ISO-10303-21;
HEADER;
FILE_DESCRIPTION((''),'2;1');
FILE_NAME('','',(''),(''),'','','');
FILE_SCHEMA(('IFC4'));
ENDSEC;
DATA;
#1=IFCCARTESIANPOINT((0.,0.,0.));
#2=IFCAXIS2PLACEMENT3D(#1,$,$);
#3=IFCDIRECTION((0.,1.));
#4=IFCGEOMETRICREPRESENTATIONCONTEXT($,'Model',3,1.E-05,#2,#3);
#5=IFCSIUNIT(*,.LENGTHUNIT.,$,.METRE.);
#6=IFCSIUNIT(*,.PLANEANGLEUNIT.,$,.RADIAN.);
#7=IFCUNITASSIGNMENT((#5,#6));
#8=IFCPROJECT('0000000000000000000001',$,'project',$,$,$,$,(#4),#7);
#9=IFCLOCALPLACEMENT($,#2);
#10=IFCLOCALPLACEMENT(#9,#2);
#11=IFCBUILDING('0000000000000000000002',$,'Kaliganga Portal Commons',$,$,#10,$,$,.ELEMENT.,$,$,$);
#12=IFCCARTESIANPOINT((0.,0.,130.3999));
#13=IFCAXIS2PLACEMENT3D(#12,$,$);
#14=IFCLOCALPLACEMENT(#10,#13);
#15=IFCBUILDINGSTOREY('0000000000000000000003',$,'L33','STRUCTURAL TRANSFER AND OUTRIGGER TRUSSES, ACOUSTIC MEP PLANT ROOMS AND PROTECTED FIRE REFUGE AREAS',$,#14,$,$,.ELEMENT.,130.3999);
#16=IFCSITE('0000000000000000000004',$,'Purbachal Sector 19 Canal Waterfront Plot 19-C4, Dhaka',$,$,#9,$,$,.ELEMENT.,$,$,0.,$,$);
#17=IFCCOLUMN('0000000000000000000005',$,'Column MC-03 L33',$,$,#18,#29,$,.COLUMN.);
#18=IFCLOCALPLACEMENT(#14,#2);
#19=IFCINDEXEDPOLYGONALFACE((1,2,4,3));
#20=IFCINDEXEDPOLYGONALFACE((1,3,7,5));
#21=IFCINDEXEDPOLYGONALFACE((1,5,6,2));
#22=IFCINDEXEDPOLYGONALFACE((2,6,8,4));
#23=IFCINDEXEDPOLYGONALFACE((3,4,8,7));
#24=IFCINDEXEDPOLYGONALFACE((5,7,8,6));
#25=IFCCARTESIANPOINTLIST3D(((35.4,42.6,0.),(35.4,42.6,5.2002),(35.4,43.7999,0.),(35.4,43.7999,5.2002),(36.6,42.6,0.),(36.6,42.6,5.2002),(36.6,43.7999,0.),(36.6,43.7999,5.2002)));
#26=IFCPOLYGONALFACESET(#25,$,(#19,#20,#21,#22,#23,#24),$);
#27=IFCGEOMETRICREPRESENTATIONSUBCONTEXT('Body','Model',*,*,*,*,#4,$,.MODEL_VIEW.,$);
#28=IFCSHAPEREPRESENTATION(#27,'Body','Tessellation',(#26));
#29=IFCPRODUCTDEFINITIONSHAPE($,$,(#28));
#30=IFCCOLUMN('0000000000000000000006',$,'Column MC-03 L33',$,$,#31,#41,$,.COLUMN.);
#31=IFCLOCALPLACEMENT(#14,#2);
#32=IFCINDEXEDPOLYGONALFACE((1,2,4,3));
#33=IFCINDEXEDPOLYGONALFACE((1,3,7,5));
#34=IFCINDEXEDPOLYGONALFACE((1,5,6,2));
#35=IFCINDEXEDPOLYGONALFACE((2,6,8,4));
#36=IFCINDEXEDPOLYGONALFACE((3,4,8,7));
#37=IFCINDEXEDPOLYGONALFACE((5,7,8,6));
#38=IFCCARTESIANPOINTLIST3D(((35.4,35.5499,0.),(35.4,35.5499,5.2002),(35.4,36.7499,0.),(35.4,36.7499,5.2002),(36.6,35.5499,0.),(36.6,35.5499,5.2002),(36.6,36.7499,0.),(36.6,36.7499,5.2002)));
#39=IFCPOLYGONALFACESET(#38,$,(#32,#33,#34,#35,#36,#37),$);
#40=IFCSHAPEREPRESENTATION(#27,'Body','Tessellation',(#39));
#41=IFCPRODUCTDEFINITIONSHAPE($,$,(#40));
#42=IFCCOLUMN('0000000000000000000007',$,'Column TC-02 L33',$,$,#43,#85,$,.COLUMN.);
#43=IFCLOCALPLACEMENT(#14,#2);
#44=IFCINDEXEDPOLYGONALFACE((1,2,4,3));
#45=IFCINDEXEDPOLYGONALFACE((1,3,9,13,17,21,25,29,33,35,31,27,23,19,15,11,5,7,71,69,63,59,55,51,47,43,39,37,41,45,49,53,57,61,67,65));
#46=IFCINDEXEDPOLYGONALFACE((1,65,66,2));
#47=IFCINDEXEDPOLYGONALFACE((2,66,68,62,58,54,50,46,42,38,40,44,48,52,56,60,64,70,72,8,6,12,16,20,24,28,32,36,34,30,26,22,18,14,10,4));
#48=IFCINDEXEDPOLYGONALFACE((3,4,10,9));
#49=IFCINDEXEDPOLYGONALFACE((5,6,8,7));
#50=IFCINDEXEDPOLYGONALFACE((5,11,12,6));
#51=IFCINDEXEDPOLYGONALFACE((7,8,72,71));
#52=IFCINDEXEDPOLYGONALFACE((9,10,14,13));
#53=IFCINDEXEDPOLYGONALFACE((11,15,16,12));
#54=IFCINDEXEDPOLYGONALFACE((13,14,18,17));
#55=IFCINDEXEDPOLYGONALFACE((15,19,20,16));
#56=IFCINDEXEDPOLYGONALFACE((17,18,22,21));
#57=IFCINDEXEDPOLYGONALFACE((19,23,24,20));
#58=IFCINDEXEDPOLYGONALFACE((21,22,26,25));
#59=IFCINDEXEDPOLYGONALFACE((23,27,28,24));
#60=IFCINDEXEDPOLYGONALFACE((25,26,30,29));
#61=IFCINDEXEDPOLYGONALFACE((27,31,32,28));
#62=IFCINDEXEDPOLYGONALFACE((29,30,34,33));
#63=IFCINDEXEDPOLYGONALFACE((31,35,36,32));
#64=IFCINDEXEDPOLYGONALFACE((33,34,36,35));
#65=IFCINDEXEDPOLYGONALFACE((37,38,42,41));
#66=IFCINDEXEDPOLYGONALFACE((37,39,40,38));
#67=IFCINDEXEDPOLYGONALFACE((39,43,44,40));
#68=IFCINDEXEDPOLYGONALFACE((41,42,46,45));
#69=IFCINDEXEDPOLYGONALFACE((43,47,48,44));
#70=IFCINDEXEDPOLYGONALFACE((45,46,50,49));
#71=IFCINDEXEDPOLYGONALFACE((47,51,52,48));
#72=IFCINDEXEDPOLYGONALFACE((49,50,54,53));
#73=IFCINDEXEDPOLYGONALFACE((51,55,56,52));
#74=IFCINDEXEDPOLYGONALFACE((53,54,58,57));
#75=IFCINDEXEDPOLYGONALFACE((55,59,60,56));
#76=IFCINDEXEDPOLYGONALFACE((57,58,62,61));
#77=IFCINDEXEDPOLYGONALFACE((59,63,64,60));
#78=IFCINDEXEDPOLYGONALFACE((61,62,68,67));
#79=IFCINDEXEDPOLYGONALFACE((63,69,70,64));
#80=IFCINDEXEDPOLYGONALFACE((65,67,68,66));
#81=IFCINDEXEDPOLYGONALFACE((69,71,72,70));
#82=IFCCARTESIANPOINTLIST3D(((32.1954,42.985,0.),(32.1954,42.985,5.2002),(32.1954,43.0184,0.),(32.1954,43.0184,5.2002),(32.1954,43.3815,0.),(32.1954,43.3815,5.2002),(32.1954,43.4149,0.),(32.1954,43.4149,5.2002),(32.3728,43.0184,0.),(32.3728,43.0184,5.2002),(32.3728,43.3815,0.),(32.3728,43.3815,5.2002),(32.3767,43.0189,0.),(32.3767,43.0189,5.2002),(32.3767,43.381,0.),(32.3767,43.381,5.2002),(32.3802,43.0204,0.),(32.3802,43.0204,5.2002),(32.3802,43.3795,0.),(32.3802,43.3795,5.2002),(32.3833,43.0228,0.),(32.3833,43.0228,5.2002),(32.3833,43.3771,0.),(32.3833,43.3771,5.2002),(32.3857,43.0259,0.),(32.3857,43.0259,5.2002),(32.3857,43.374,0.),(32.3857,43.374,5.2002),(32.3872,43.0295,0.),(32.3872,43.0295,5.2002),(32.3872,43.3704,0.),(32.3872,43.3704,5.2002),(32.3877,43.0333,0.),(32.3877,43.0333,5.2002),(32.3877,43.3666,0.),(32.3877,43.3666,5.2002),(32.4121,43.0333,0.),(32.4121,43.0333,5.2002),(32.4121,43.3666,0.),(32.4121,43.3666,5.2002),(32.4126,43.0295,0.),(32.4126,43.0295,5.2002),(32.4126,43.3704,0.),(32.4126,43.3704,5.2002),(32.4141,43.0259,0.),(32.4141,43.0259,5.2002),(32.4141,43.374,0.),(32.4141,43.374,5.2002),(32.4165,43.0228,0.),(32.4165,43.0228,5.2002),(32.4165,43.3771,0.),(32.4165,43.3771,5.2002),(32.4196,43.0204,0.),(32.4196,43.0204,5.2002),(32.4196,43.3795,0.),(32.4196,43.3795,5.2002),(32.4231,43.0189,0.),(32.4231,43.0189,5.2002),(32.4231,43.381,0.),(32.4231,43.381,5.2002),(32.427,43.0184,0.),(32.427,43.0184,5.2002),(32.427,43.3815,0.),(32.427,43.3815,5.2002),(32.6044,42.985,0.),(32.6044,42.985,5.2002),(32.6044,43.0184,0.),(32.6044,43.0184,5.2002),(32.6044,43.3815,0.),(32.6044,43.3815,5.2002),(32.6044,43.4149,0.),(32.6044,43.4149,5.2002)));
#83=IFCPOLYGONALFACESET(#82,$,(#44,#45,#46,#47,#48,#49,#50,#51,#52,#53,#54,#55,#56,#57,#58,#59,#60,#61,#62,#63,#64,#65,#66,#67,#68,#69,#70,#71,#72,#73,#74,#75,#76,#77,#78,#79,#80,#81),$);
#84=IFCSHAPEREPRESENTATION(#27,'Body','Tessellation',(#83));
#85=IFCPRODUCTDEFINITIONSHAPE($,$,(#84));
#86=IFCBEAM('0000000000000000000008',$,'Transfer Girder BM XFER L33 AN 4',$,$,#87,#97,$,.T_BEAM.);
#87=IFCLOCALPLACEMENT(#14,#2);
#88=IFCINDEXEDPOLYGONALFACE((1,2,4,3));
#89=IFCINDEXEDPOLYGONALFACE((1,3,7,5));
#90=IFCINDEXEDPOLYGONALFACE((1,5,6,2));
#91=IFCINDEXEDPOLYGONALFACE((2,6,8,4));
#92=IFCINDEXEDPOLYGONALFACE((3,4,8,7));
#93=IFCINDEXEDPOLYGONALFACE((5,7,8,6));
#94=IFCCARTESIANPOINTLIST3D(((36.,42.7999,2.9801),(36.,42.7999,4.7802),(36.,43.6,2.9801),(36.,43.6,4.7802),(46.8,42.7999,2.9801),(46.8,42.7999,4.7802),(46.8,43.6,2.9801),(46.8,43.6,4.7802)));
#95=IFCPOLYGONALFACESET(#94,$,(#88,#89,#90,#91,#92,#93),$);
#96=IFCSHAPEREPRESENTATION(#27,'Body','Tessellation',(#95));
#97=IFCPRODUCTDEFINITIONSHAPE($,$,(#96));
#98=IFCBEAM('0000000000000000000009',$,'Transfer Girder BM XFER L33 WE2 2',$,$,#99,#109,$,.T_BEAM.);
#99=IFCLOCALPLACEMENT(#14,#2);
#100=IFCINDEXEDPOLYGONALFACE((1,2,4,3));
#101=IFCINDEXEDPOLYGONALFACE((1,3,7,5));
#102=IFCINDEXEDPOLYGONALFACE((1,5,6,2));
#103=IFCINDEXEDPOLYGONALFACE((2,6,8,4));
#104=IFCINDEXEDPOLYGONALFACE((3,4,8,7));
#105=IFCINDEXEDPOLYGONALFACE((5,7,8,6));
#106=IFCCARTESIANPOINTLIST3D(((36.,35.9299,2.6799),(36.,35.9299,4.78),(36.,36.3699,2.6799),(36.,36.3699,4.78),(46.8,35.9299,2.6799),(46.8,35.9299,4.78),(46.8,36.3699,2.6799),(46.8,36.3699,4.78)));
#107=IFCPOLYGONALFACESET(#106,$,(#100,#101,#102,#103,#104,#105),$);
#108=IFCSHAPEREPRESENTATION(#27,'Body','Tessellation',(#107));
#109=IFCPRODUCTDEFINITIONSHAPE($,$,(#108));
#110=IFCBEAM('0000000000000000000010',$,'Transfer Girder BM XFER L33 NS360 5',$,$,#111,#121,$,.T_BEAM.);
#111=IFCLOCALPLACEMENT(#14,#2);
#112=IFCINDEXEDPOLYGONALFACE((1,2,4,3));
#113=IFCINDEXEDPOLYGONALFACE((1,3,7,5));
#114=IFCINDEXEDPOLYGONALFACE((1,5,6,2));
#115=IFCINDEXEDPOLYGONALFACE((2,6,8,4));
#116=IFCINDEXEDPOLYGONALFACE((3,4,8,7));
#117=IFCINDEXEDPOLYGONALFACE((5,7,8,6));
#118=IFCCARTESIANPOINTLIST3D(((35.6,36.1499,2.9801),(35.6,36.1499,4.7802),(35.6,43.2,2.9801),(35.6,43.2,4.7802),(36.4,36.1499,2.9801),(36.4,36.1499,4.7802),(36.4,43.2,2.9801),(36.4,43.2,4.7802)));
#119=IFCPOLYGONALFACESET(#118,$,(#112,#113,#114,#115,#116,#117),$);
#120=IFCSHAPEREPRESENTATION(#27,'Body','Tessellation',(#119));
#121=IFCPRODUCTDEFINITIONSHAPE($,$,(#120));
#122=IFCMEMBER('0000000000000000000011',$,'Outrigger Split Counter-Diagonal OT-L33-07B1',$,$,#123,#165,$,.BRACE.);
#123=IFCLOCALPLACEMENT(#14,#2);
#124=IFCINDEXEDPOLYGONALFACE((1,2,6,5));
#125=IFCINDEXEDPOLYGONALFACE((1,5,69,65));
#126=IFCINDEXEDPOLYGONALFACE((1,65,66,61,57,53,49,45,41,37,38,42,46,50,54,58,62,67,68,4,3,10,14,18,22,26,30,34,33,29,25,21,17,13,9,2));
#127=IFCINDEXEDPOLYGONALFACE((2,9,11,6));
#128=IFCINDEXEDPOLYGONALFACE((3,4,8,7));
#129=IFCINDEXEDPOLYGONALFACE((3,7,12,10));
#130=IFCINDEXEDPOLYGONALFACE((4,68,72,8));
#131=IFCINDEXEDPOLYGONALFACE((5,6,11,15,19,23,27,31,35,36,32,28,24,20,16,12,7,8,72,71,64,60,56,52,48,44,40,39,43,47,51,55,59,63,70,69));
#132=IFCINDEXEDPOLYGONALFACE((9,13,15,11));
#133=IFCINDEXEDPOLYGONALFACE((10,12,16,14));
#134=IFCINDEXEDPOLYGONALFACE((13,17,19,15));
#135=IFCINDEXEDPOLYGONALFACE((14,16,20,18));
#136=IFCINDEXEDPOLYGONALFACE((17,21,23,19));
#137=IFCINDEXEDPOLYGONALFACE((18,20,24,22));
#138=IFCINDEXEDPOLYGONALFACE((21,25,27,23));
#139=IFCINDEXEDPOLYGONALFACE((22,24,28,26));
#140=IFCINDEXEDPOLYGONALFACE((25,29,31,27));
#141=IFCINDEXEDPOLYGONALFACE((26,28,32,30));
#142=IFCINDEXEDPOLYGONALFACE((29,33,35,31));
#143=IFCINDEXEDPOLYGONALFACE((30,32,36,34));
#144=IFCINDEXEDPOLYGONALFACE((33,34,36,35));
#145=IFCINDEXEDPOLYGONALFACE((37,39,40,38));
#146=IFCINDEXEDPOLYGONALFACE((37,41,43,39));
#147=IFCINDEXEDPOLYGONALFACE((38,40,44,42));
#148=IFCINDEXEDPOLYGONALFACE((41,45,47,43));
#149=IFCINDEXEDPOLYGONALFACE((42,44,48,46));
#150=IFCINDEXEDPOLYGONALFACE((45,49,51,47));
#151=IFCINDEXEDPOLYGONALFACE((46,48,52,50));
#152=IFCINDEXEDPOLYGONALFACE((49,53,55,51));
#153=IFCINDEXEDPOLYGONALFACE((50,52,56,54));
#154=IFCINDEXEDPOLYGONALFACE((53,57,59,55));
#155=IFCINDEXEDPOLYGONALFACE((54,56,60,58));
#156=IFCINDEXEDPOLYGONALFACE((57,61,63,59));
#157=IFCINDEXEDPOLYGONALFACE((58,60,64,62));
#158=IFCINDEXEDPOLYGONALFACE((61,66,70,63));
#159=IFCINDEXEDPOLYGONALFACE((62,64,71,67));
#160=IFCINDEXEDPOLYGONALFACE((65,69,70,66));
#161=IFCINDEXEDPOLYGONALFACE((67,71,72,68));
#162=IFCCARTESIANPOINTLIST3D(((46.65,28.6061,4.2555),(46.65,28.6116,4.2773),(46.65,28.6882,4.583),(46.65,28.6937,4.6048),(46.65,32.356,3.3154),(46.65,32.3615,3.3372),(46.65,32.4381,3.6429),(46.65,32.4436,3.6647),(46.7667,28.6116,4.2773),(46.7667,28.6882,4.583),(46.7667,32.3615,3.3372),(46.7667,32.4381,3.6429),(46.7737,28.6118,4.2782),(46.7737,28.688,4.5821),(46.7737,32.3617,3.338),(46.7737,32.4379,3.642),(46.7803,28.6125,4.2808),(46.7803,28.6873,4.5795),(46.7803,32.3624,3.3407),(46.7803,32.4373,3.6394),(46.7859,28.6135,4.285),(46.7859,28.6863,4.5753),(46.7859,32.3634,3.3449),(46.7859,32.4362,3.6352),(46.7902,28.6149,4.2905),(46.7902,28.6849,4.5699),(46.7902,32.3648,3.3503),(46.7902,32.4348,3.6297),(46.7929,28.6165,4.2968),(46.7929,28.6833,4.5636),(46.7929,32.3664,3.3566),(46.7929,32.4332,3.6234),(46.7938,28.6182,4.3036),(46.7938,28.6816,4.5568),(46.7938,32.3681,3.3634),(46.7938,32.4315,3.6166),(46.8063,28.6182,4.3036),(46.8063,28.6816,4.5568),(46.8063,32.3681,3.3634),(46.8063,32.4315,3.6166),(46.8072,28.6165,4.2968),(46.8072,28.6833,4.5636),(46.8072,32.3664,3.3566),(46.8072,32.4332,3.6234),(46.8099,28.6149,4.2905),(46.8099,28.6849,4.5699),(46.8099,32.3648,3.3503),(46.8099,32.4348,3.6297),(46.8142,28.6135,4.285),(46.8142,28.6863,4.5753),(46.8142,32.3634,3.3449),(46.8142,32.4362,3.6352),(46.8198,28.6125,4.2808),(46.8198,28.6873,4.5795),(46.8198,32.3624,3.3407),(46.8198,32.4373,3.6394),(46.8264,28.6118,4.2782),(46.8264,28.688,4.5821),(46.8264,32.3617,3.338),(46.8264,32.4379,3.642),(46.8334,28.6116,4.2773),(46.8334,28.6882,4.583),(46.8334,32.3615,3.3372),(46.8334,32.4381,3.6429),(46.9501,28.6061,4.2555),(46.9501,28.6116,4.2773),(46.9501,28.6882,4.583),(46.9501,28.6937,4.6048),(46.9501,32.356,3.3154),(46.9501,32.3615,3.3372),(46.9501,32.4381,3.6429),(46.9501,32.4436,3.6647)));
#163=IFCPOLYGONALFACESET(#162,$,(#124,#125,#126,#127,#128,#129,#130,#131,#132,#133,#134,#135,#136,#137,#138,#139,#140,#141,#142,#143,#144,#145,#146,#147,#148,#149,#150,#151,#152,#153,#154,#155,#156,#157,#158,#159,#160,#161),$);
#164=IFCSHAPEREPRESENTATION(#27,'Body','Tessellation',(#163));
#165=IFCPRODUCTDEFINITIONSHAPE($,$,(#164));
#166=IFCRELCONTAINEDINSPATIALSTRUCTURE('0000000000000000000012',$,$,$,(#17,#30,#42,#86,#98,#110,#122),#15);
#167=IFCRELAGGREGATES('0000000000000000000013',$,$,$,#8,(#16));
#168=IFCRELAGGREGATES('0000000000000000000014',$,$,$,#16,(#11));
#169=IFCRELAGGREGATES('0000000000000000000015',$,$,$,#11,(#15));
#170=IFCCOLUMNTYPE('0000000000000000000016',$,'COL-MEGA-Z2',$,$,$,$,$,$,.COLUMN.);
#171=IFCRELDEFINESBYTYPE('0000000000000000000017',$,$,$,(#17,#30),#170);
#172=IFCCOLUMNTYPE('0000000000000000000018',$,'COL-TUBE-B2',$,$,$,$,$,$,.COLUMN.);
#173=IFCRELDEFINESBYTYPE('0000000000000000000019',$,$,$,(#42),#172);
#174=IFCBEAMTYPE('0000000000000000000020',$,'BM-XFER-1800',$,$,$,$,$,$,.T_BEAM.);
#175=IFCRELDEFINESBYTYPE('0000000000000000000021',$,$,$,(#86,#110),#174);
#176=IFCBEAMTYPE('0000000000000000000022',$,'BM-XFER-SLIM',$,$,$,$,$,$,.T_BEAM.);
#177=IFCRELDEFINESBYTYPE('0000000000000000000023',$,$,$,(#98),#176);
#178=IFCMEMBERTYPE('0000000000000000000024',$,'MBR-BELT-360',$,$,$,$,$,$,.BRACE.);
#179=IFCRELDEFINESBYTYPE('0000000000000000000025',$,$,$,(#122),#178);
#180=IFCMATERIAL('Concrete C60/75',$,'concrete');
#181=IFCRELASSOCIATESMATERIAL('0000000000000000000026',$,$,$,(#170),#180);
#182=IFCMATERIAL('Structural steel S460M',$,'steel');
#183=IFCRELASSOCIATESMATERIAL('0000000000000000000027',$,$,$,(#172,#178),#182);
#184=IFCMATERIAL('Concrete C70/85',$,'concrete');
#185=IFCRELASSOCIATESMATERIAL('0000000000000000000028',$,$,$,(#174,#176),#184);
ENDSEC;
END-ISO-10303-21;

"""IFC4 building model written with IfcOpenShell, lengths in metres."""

from ifc_helpers import new_model, si_unit, direction, frame, origin, origin_2d, place, context, subcontext, project, spatial, rectangle, i_section, extrude, source, transform, mapped, material, material_profile, profile_set, type_object, element, save


model = new_model("IFC4")

# Units and contexts
model_context = context("Model", 3, precision=1e-05, world=origin(), true_north=direction((0.0, 1.0)))
body_context = subcontext(model_context, "Body", "Model", "MODEL_VIEW")
ifc_project = project(units=[si_unit("LENGTHUNIT", "METRE"), si_unit("PLANEANGLEUNIT", "RADIAN")], contexts=[model_context])

# Site, building, storey
site_placement = place(None, origin())
site = spatial("IfcSite", under=ifc_project, at=site_placement, Name="Purbachal Sector 19 Canal Waterfront Plot 19-C4, Dhaka", CompositionType="ELEMENT", RefElevation=0.0)
building_placement = place(site_placement, origin())
building = spatial("IfcBuilding", under=site, at=building_placement, Name="Kaliganga Portal Commons", CompositionType="ELEMENT")
storey_placement = place(building_placement, frame((0.0, 0.0, 130.3999)))
storey = spatial("IfcBuildingStorey", under=building, at=storey_placement, Name="L33", Description="STRUCTURAL TRANSFER AND OUTRIGGER TRUSSES, ACOUSTIC MEP PLANT ROOMS AND PROTECTED FIRE REFUGE AREAS", CompositionType="ELEMENT", Elevation=130.3999)

# Columns
ifc_material_1 = material(Name="Concrete C60/75", Category="concrete")
ifc_material_profile_1 = material_profile(ifc_material_1, rectangle(XDim=1.2, YDim=1.2, at=origin_2d()), Name="RC 1200x1200")
ifc_profile_set_1 = profile_set([ifc_material_profile_1], Name="Concrete C60/75")
column_type_1 = type_object("IfcColumnType", Name="COL-MEGA-Z2", PredefinedType="COLUMN", material=ifc_profile_set_1)
shared_shape_1 = source(origin(), body_context, "Body", "SweptSolid", [
    extrude(rectangle(XDim=1.2, YDim=1.2, at=origin_2d()), origin(), (0.0, 0.0, 1.0), 5.2002),
])
for number, where, z_axis, x_axis, name in (
    (1, (36.0, 43.2, 0.0), (0.0, 0.0, 1.0), (1.0, 0.0, 0.0), "Column MC-03 L33"),
    (2, (36.0, 36.1499, 0.0), (0.0, 0.0, 1.0), (1.0, 0.0, 0.0), "Column MC-03 L33"),
):
    element("IfcColumn", number, at=place(storey_placement, frame(where, z_axis=z_axis, x_axis=x_axis)), inside=storey, type_object=column_type_1, Name=name, PredefinedType="COLUMN", context=body_context, shape_type="MappedRepresentation", body=[
        mapped(shared_shape_1, transform((0.0, 0.0, 0.0), x_axis=(1.0, 0.0, 0.0), y_axis=(0.0, 1.0, 0.0), z_axis=(0.0, 0.0, 1.0), scale=1.0)),
    ])
ifc_material_2 = material(Name="Structural steel S460M", Category="steel")
ifc_material_profile_2 = material_profile(ifc_material_2, i_section(OverallWidth=0.4089, OverallDepth=0.4299, WebThickness=0.0244, FlangeThickness=0.0334, FilletRadius=0.0149, at=origin_2d()), Name="HD 400x421")
ifc_profile_set_2 = profile_set([ifc_material_profile_2], Name="Structural steel S460M wide-flange")
column_type_2 = type_object("IfcColumnType", Name="COL-TUBE-B2", PredefinedType="COLUMN", material=ifc_profile_set_2)
shared_shape_2 = source(origin(), body_context, "Body", "SweptSolid", [
    extrude(i_section(OverallWidth=0.4089, OverallDepth=0.4299, WebThickness=0.0244, FlangeThickness=0.0334, FilletRadius=0.0149, at=origin_2d()), origin(), (0.0, 0.0, 1.0), 5.2002),
])
column_placement = place(storey_placement, frame((32.3999, 43.2, 0.0), z_axis=(0.0, 0.0, 1.0), x_axis=(1.0, 0.0, 0.0)))
element("IfcColumn", 3, at=column_placement, inside=storey, type_object=column_type_2, Name="Column TC-02 L33", PredefinedType="COLUMN", context=body_context, shape_type="MappedRepresentation", body=[
    mapped(shared_shape_2, transform((0.0, 0.0, 0.0), x_axis=(1.0, 0.0, 0.0), y_axis=(0.0, 1.0, 0.0), z_axis=(0.0, 0.0, 1.0), scale=1.0)),
])

# Beams
ifc_material_3 = material(Name="Concrete C70/85", Category="concrete")
ifc_material_profile_3 = material_profile(ifc_material_3, rectangle(XDim=0.8, YDim=1.8, at=origin_2d()), Name="RC 800x1800")
ifc_profile_set_3 = profile_set([ifc_material_profile_3], Name="Concrete C70/85")
beam_type_1 = type_object("IfcBeamType", Name="BM-XFER-1800", PredefinedType="T_BEAM", material=ifc_profile_set_3)
shared_shape_3 = source(origin(), body_context, "Body", "SweptSolid", [
    extrude(rectangle(XDim=0.8, YDim=1.8, at=origin_2d()), origin(), (0.0, 0.0, 1.0), 10.8),
])
beam_1_placement = place(storey_placement, frame((36.0, 43.2, 3.8801), z_axis=(1.0, 0.0, 0.0), x_axis=(0.0, 1.0, 0.0)))
element("IfcBeam", 4, at=beam_1_placement, inside=storey, type_object=beam_type_1, Name="Transfer Girder BM XFER L33 AN 4", PredefinedType="T_BEAM", context=body_context, shape_type="MappedRepresentation", body=[
    mapped(shared_shape_3, transform((0.0, 0.0, 0.0), x_axis=(1.0, 0.0, 0.0), y_axis=(0.0, 1.0, 0.0), z_axis=(0.0, 0.0, 1.0), scale=1.0)),
])
ifc_material_profile_4 = material_profile(ifc_material_3, rectangle(XDim=0.4399, YDim=2.1001, at=origin_2d()), Name="RC 440x2100")
ifc_profile_set_4 = profile_set([ifc_material_profile_4], Name="Concrete C70/85")
beam_type_2 = type_object("IfcBeamType", Name="BM-XFER-SLIM", PredefinedType="T_BEAM", material=ifc_profile_set_4)
shared_shape_4 = source(origin(), body_context, "Body", "SweptSolid", [
    extrude(rectangle(XDim=0.4399, YDim=2.1001, at=origin_2d()), origin(), (0.0, 0.0, 1.0), 10.8),
])
beam_2_placement = place(storey_placement, frame((36.0, 36.1499, 3.73), z_axis=(1.0, 0.0, 0.0), x_axis=(0.0, 1.0, 0.0)))
element("IfcBeam", 5, at=beam_2_placement, inside=storey, type_object=beam_type_2, Name="Transfer Girder BM XFER L33 WE2 2", PredefinedType="T_BEAM", context=body_context, shape_type="MappedRepresentation", body=[
    mapped(shared_shape_4, transform((0.0, 0.0, 0.0), x_axis=(1.0, 0.0, 0.0), y_axis=(0.0, 1.0, 0.0), z_axis=(0.0, 0.0, 1.0), scale=1.0)),
])
shared_shape_5 = source(origin(), body_context, "Body", "SweptSolid", [
    extrude(rectangle(XDim=0.8, YDim=1.8, at=origin_2d()), origin(), (0.0, 0.0, 1.0), 7.05),
])
beam_3_placement = place(storey_placement, frame((36.0, 36.1499, 3.8801), z_axis=(0.0, 1.0, 0.0), x_axis=(-1.0, 0.0, 0.0)))
element("IfcBeam", 6, at=beam_3_placement, inside=storey, type_object=beam_type_1, Name="Transfer Girder BM XFER L33 NS360 5", PredefinedType="T_BEAM", context=body_context, shape_type="MappedRepresentation", body=[
    mapped(shared_shape_5, transform((0.0, 0.0, 0.0), x_axis=(1.0, 0.0, 0.0), y_axis=(0.0, 1.0, 0.0), z_axis=(0.0, 0.0, 1.0), scale=1.0)),
])

# Member
ifc_material_profile_5 = material_profile(ifc_material_2, i_section(OverallWidth=0.3, OverallDepth=0.3601, WebThickness=0.0125, FlangeThickness=0.0225, FilletRadius=0.0271, at=origin_2d()), Name="HE 360 B")
ifc_profile_set_5 = profile_set([ifc_material_profile_5], Name="Structural steel S460M wide-flange")
member_type_1 = type_object("IfcMemberType", Name="MBR-BELT-360", PredefinedType="BRACE", material=ifc_profile_set_5)
shared_shape_6 = source(origin(), body_context, "Body", "SweptSolid", [
    extrude(i_section(OverallWidth=0.3, OverallDepth=0.3601, WebThickness=0.0125, FlangeThickness=0.0225, FilletRadius=0.0271, at=origin_2d()), origin(), (0.0, 0.0, 1.0), 3.866),
])
for number, where, z_axis, x_axis, name in (
    (7, (46.8, 28.6499, 4.4302), (0.0, 0.969979, -0.243189), (-1.0, 0.0, 0.0), "Outrigger Split Counter-Diagonal OT-L33-07B1"),
):
    element("IfcMember", number, at=place(storey_placement, frame(where, z_axis=z_axis, x_axis=x_axis)), inside=storey, type_object=member_type_1, Name=name, PredefinedType="BRACE", context=body_context, shape_type="MappedRepresentation", body=[
        mapped(shared_shape_6, transform((0.0, 0.0, 0.0), x_axis=(1.0, 0.0, 0.0), y_axis=(0.0, 1.0, 0.0), z_axis=(0.0, 0.0, 1.0), scale=1.0)),
    ])

save(model, "model.ifc")
